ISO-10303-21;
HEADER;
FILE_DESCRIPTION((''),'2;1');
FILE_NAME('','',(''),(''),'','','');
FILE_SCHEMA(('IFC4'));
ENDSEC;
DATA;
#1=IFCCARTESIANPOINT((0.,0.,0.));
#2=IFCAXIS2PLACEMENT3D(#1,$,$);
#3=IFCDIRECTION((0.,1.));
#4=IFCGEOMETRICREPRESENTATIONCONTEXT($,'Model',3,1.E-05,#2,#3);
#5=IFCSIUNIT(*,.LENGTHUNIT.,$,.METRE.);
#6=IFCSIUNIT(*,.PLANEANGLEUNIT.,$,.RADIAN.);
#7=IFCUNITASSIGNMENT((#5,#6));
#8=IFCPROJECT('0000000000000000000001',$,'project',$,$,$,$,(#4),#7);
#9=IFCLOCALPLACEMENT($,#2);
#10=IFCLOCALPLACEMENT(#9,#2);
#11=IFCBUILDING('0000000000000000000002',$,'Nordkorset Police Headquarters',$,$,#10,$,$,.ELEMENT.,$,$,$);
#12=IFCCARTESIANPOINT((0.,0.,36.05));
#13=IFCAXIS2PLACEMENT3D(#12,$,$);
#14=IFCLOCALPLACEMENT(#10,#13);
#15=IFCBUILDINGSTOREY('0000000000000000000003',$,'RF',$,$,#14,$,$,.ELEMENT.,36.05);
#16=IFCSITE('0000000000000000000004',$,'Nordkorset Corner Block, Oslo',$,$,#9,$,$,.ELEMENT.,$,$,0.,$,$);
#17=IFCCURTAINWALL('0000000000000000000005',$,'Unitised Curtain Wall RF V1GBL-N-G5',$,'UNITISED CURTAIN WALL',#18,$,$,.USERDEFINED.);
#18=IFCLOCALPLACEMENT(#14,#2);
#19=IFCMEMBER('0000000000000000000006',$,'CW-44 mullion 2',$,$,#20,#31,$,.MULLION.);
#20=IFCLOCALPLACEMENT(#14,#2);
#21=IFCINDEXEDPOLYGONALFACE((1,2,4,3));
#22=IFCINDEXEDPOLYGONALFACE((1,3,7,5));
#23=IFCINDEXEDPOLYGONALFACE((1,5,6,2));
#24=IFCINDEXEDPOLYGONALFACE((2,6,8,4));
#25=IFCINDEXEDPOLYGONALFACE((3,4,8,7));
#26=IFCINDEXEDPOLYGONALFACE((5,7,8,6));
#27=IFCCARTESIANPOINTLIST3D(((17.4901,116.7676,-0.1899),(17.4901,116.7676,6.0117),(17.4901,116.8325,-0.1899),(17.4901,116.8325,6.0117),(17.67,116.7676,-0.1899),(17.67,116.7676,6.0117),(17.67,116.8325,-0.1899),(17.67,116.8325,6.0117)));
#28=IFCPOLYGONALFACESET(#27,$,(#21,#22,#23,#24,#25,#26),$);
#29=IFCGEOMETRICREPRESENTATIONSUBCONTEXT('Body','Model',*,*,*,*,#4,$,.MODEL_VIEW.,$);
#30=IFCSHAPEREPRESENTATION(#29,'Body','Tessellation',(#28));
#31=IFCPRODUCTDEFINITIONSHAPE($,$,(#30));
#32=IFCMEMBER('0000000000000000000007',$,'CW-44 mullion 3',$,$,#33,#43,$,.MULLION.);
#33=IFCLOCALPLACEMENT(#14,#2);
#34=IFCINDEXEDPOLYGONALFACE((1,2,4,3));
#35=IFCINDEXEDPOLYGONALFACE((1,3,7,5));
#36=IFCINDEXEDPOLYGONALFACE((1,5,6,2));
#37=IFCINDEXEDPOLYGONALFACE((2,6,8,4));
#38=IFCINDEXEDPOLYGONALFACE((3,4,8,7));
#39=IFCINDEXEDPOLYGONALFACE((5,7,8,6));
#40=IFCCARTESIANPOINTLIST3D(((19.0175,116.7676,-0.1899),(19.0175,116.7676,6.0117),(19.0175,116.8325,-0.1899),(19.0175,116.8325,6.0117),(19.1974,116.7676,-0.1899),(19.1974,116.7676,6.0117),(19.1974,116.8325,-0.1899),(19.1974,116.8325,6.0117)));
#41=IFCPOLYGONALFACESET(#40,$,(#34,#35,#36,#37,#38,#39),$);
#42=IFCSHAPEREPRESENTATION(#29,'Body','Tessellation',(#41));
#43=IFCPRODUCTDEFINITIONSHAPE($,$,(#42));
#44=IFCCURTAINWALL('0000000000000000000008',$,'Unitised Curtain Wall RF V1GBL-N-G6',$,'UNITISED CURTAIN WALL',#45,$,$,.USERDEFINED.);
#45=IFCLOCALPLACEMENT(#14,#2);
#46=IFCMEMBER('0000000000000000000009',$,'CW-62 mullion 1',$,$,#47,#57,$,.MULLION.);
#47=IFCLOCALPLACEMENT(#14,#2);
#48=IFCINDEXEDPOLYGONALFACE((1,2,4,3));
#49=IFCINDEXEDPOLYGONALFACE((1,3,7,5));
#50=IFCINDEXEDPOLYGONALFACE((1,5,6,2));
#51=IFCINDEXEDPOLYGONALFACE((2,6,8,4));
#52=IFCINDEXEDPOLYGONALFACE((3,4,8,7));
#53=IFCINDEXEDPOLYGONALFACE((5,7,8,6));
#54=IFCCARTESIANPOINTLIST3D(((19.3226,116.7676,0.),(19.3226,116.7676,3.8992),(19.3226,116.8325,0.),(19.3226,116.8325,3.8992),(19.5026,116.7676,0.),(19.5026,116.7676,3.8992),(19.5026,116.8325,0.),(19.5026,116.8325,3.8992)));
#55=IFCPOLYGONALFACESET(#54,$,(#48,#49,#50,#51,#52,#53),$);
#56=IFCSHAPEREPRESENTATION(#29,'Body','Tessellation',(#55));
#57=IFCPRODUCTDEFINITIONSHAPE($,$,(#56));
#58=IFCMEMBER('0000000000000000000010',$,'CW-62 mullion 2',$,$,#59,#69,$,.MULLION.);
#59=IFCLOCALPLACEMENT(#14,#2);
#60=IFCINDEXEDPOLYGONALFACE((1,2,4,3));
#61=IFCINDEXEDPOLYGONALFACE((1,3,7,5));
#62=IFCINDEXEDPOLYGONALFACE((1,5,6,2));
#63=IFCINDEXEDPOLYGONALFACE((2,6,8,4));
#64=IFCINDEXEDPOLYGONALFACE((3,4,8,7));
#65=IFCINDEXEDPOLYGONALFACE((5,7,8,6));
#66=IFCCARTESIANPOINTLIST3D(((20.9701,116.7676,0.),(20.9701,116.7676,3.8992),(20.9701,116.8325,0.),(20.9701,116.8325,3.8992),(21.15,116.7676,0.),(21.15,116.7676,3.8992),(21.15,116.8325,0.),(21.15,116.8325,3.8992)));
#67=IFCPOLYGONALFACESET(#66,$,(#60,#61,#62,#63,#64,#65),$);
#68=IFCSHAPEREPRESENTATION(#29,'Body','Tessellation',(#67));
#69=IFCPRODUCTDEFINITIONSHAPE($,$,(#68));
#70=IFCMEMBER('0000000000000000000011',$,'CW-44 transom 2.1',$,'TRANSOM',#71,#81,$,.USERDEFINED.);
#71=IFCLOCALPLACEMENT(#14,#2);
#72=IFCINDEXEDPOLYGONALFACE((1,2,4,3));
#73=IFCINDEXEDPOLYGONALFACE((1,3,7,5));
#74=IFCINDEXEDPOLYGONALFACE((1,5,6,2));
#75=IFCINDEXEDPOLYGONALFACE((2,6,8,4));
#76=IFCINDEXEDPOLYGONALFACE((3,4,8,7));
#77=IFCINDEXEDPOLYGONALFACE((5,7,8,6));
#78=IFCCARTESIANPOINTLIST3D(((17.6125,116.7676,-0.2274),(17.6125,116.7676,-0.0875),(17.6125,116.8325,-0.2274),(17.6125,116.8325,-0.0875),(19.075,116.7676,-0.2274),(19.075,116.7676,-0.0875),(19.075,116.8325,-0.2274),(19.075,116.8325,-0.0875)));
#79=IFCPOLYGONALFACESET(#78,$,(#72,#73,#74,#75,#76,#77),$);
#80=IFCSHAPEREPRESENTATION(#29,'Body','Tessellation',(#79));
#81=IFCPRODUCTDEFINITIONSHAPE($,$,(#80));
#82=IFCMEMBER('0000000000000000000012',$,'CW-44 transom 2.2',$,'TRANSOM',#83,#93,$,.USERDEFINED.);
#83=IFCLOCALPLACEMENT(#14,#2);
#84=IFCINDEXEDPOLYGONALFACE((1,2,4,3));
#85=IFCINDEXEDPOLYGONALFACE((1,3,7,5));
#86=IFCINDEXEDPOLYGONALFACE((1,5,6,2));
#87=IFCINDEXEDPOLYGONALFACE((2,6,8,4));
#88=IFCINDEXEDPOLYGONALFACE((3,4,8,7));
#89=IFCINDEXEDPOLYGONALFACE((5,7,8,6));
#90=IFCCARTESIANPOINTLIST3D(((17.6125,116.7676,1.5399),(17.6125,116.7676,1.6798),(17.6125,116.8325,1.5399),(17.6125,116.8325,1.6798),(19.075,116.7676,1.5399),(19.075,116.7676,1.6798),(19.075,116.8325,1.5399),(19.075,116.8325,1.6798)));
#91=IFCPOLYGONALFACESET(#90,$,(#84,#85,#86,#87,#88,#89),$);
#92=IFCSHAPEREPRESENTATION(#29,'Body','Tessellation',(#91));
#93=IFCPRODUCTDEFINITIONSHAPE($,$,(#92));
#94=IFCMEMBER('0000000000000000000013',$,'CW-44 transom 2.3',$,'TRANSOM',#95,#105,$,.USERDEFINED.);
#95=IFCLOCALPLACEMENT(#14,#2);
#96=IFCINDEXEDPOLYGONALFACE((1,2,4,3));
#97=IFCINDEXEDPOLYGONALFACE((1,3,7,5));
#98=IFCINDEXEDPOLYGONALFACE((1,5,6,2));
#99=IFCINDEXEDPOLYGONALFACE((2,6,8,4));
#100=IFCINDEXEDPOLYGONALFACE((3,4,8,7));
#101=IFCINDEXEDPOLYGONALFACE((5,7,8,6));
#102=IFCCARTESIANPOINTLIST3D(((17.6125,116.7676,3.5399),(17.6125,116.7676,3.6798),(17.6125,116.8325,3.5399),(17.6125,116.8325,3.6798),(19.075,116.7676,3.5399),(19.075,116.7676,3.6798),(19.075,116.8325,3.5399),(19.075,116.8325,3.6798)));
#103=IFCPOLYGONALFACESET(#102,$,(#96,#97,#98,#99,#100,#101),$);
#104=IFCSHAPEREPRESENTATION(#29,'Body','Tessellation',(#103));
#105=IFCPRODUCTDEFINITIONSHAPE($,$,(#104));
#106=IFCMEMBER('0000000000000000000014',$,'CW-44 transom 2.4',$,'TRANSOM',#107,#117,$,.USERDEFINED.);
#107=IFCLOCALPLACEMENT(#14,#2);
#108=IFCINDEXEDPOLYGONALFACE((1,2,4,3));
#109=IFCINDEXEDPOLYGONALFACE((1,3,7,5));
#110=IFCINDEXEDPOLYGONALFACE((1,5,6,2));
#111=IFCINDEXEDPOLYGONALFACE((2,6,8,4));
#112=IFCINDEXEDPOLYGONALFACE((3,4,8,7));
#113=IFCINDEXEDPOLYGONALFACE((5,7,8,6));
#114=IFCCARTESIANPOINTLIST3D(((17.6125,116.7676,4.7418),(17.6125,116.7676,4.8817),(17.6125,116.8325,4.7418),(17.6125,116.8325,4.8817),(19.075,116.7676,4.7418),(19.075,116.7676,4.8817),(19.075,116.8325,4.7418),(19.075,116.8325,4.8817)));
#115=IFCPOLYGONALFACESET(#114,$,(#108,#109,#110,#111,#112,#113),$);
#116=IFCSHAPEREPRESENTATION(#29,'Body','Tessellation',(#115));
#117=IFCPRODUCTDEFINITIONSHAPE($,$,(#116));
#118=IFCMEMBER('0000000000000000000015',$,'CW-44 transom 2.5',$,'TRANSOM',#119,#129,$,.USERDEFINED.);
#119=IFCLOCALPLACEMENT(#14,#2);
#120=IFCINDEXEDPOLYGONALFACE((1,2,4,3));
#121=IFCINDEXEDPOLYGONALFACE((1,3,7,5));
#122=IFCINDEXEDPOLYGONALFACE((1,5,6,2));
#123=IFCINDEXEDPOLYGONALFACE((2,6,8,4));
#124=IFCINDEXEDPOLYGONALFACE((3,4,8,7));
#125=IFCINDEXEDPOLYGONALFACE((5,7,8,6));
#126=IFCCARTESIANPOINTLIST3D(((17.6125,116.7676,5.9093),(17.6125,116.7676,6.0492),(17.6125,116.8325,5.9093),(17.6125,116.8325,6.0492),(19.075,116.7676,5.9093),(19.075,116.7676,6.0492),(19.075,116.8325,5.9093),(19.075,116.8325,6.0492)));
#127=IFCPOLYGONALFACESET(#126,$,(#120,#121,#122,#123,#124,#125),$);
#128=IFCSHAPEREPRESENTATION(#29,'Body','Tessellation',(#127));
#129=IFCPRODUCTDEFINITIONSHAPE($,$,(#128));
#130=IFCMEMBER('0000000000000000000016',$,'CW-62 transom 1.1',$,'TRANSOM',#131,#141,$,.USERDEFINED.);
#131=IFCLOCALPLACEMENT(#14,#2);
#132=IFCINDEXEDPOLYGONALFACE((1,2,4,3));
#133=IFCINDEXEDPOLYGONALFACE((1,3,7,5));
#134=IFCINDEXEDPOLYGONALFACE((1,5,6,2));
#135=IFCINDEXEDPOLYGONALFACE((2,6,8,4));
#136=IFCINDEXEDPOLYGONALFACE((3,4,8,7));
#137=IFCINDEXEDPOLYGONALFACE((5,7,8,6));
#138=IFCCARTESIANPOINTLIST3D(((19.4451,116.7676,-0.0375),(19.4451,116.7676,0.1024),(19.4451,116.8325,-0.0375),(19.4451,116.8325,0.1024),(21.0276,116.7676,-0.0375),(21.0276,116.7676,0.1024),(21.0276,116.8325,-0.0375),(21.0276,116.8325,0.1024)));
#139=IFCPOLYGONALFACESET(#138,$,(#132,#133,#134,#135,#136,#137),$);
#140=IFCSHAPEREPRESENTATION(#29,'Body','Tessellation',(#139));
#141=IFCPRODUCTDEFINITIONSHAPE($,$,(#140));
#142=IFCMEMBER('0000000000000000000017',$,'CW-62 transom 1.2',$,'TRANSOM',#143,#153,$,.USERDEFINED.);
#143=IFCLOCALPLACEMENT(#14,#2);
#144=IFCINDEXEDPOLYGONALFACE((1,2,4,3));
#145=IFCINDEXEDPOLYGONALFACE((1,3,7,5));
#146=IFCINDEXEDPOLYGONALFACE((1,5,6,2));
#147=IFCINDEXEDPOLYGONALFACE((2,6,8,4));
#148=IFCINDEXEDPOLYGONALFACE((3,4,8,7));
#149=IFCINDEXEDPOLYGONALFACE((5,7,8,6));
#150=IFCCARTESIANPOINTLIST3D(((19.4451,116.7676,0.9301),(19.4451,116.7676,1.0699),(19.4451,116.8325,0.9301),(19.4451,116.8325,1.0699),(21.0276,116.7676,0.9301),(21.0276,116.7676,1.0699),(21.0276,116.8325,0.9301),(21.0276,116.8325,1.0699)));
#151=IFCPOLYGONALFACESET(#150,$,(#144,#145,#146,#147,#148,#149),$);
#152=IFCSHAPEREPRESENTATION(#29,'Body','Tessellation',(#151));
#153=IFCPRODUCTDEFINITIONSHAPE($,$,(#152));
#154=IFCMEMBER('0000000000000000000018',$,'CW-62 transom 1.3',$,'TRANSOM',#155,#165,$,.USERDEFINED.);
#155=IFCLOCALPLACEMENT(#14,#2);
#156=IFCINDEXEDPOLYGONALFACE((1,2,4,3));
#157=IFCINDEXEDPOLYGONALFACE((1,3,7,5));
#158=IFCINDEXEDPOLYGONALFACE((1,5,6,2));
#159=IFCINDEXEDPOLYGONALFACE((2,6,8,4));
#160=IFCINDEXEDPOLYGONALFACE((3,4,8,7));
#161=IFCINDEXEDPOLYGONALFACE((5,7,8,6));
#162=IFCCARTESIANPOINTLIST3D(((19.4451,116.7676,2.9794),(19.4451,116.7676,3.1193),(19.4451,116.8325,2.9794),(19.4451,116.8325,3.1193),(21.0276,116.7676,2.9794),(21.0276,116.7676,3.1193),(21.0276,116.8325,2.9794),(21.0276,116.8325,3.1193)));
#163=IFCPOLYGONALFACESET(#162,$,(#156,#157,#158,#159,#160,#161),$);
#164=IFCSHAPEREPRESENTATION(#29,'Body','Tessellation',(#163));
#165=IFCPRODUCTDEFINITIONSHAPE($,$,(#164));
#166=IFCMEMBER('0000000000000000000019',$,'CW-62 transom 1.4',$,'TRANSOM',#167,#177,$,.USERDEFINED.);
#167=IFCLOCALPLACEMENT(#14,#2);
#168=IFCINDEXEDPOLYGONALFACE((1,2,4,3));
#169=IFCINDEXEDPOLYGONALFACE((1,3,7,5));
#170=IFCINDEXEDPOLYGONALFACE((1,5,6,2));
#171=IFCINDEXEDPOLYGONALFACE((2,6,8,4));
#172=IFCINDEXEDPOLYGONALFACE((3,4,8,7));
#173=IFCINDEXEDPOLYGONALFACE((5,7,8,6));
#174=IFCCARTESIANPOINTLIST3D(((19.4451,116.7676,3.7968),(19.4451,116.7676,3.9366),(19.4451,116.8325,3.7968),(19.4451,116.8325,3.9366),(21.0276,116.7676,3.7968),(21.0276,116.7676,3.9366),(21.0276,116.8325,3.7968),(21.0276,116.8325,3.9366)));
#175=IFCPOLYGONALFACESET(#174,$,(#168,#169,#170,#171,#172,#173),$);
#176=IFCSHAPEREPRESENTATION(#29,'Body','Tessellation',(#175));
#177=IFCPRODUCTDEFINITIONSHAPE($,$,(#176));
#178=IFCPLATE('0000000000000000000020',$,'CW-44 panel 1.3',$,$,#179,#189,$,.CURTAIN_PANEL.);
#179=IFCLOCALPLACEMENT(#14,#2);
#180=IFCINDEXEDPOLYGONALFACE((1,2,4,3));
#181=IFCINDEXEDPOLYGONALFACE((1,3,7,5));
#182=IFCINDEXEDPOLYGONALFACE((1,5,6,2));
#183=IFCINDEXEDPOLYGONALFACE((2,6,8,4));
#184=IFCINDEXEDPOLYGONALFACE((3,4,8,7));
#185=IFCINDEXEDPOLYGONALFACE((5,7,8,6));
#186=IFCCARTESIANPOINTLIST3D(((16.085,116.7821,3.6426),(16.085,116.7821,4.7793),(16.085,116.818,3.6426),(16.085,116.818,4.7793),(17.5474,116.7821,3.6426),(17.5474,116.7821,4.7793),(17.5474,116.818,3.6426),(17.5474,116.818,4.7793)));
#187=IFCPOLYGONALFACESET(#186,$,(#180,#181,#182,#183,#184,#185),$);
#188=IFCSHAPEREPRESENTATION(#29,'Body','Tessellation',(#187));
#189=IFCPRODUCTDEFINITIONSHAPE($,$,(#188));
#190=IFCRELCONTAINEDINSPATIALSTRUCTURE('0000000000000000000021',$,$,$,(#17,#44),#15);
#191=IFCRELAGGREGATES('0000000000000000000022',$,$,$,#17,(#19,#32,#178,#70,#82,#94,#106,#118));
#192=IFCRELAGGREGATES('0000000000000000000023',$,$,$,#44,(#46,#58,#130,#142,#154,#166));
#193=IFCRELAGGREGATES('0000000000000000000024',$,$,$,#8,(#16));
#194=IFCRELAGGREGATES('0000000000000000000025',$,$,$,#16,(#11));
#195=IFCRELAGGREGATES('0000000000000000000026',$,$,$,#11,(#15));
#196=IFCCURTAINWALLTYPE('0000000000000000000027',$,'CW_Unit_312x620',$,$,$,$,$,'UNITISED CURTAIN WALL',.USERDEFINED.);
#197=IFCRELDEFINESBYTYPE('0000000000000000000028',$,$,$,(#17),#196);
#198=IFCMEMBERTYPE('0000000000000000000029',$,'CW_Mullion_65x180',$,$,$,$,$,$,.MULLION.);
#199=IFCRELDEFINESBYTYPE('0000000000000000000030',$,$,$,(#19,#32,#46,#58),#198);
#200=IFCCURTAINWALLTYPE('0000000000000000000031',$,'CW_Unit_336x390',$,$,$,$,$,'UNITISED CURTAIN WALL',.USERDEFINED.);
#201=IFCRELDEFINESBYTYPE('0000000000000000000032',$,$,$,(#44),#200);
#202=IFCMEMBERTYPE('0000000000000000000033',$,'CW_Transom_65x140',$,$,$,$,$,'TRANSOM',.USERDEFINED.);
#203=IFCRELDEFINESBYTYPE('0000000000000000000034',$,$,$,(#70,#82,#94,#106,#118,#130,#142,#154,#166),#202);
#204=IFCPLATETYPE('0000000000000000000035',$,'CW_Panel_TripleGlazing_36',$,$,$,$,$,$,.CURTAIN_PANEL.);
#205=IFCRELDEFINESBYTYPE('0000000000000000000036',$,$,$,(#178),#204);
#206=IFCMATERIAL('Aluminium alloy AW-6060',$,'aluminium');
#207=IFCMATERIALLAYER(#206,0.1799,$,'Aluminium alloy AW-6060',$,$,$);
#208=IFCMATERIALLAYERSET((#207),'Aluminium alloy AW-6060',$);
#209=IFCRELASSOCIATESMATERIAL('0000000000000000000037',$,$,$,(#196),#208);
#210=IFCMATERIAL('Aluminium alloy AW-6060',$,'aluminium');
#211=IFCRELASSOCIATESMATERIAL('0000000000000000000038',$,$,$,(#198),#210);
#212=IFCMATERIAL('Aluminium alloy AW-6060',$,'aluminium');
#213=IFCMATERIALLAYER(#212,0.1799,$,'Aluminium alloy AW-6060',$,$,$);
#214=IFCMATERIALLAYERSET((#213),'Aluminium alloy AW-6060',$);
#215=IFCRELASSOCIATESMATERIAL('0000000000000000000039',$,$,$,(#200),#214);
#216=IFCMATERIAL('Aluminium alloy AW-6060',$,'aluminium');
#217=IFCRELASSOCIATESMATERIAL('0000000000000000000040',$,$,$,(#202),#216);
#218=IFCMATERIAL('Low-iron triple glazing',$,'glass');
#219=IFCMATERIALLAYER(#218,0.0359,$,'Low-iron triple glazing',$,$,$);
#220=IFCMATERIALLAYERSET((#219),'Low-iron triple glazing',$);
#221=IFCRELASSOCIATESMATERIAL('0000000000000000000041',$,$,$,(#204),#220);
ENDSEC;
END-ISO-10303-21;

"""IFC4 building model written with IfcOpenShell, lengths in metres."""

from ifc_helpers import new_model, si_unit, direction, frame, origin, origin_2d, place, context, subcontext, project, spatial, rectangle, extrude, material, layer, layer_set, material_profile, profile_set, type_object, element, aggregate, save


model = new_model("IFC4")

# Units and contexts
model_context = context("Model", 3, precision=1e-05, world=origin(), true_north=direction((0.0, 1.0)))
body_context = subcontext(model_context, "Body", "Model", "MODEL_VIEW")
ifc_project = project(units=[si_unit("LENGTHUNIT", "METRE"), si_unit("PLANEANGLEUNIT", "RADIAN")], contexts=[model_context])

# Site, building, storey
site_placement = place(None, origin())
site = spatial("IfcSite", under=ifc_project, at=site_placement, Name="Nordkorset Corner Block, Oslo", CompositionType="ELEMENT", RefElevation=0.0)
building_placement = place(site_placement, origin())
building = spatial("IfcBuilding", under=site, at=building_placement, Name="Nordkorset Police Headquarters", CompositionType="ELEMENT")
storey_placement = place(building_placement, frame((0.0, 0.0, 36.05)))
storey = spatial("IfcBuildingStorey", under=building, at=storey_placement, Name="RF", CompositionType="ELEMENT", Elevation=36.05)

# Curtain walls, members
ifc_material_1 = material(Name="Aluminium alloy AW-6060", Category="aluminium")
ifc_layer_1 = layer(ifc_material_1, 0.1799, Name="Aluminium alloy AW-6060")
ifc_layer_set_1 = layer_set([ifc_layer_1], Name="Aluminium alloy AW-6060")
curtain_wall_type_1 = type_object("IfcCurtainWallType", Name="CW_Unit_312x620", ElementType="UNITISED CURTAIN WALL", PredefinedType="USERDEFINED", material=ifc_layer_set_1)
curtain_wall_1_placement = place(storey_placement, origin())
curtain_wall_1 = element("IfcCurtainWall", 1, at=curtain_wall_1_placement, inside=storey, type_object=curtain_wall_type_1, Name="Unitised Curtain Wall RF V1GBL-N-G5", ObjectType="UNITISED CURTAIN WALL", PredefinedType="USERDEFINED")
ifc_material_2 = material(Name="Aluminium alloy AW-6060", Category="aluminium")
ifc_material_profile_1 = material_profile(ifc_material_2, rectangle(XDim=0.0649, YDim=0.1799, at=origin_2d()), Name="ALU MULL 65x180")
ifc_profile_set_1 = profile_set([ifc_material_profile_1], Name="Aluminium alloy AW-6060")
member_type_1 = type_object("IfcMemberType", Name="CW_Mullion_65x180", PredefinedType="MULLION", material=ifc_profile_set_1)
member_1_placement = place(storey_placement, frame((17.5801, 116.8, -0.1899), z_axis=(0.0, 0.0, 1.0), x_axis=(0.0, 1.0, 0.0)))
member_1 = element("IfcMember", 2, at=member_1_placement, type_object=member_type_1, Name="CW-44 mullion 2", PredefinedType="MULLION", context=body_context, shape_type="SweptSolid", body=[
    extrude(rectangle(XDim=0.0649, YDim=0.1799, at=origin_2d()), origin(), (0.0, 0.0, 1.0), 6.2017),
])
member_2_placement = place(storey_placement, frame((19.1074, 116.8, -0.1899), z_axis=(0.0, 0.0, 1.0), x_axis=(0.0, 1.0, 0.0)))
member_2 = element("IfcMember", 3, at=member_2_placement, type_object=member_type_1, Name="CW-44 mullion 3", PredefinedType="MULLION", context=body_context, shape_type="SweptSolid", body=[
    extrude(rectangle(XDim=0.0649, YDim=0.1799, at=origin_2d()), origin(), (0.0, 0.0, 1.0), 6.2017),
])
ifc_material_3 = material(Name="Aluminium alloy AW-6060", Category="aluminium")
ifc_layer_2 = layer(ifc_material_3, 0.1799, Name="Aluminium alloy AW-6060")
ifc_layer_set_2 = layer_set([ifc_layer_2], Name="Aluminium alloy AW-6060")
curtain_wall_type_2 = type_object("IfcCurtainWallType", Name="CW_Unit_336x390", ElementType="UNITISED CURTAIN WALL", PredefinedType="USERDEFINED", material=ifc_layer_set_2)
curtain_wall_2_placement = place(storey_placement, origin())
curtain_wall_2 = element("IfcCurtainWall", 4, at=curtain_wall_2_placement, inside=storey, type_object=curtain_wall_type_2, Name="Unitised Curtain Wall RF V1GBL-N-G6", ObjectType="UNITISED CURTAIN WALL", PredefinedType="USERDEFINED")
member_3_placement = place(storey_placement, frame((19.4126, 116.8, 0.0), z_axis=(0.0, 0.0, 1.0), x_axis=(0.0, 1.0, 0.0)))
member_3 = element("IfcMember", 5, at=member_3_placement, type_object=member_type_1, Name="CW-62 mullion 1", PredefinedType="MULLION", context=body_context, shape_type="SweptSolid", body=[
    extrude(rectangle(XDim=0.0649, YDim=0.1799, at=origin_2d()), origin(), (0.0, 0.0, 1.0), 3.8992),
])
member_4_placement = place(storey_placement, frame((21.0601, 116.8, 0.0), z_axis=(0.0, 0.0, 1.0), x_axis=(0.0, 1.0, 0.0)))
member_4 = element("IfcMember", 6, at=member_4_placement, type_object=member_type_1, Name="CW-62 mullion 2", PredefinedType="MULLION", context=body_context, shape_type="SweptSolid", body=[
    extrude(rectangle(XDim=0.0649, YDim=0.1799, at=origin_2d()), origin(), (0.0, 0.0, 1.0), 3.8992),
])

# Members
ifc_material_4 = material(Name="Aluminium alloy AW-6060", Category="aluminium")
ifc_material_profile_2 = material_profile(ifc_material_4, rectangle(XDim=0.0649, YDim=0.1399, at=origin_2d()), Name="ALU TRAN 65x140")
ifc_profile_set_2 = profile_set([ifc_material_profile_2], Name="Aluminium alloy AW-6060")
member_type_2 = type_object("IfcMemberType", Name="CW_Transom_65x140", ElementType="TRANSOM", PredefinedType="USERDEFINED", material=ifc_profile_set_2)
member_5_placement = place(storey_placement, frame((17.6125, 116.8, -0.1575), z_axis=(1.0, 0.0, 0.0), x_axis=(0.0, 1.0, 0.0)))
member_5 = element("IfcMember", 7, at=member_5_placement, type_object=member_type_2, Name="CW-44 transom 2.1", ObjectType="TRANSOM", PredefinedType="USERDEFINED", context=body_context, shape_type="SweptSolid", body=[
    extrude(rectangle(XDim=0.0649, YDim=0.1399, at=origin_2d()), origin(), (0.0, 0.0, 1.0), 1.4624),
])
member_6_placement = place(storey_placement, frame((17.6125, 116.8, 1.6099), z_axis=(1.0, 0.0, 0.0), x_axis=(0.0, 1.0, 0.0)))
member_6 = element("IfcMember", 8, at=member_6_placement, type_object=member_type_2, Name="CW-44 transom 2.2", ObjectType="TRANSOM", PredefinedType="USERDEFINED", context=body_context, shape_type="SweptSolid", body=[
    extrude(rectangle(XDim=0.0649, YDim=0.1399, at=origin_2d()), origin(), (0.0, 0.0, 1.0), 1.4624),
])
member_7_placement = place(storey_placement, frame((17.6125, 116.8, 3.6099), z_axis=(1.0, 0.0, 0.0), x_axis=(0.0, 1.0, 0.0)))
member_7 = element("IfcMember", 9, at=member_7_placement, type_object=member_type_2, Name="CW-44 transom 2.3", ObjectType="TRANSOM", PredefinedType="USERDEFINED", context=body_context, shape_type="SweptSolid", body=[
    extrude(rectangle(XDim=0.0649, YDim=0.1399, at=origin_2d()), origin(), (0.0, 0.0, 1.0), 1.4624),
])
member_8_placement = place(storey_placement, frame((17.6125, 116.8, 4.8118), z_axis=(1.0, 0.0, 0.0), x_axis=(0.0, 1.0, 0.0)))
member_8 = element("IfcMember", 10, at=member_8_placement, type_object=member_type_2, Name="CW-44 transom 2.4", ObjectType="TRANSOM", PredefinedType="USERDEFINED", context=body_context, shape_type="SweptSolid", body=[
    extrude(rectangle(XDim=0.0649, YDim=0.1399, at=origin_2d()), origin(), (0.0, 0.0, 1.0), 1.4624),
])
member_9_placement = place(storey_placement, frame((17.6125, 116.8, 5.9792), z_axis=(1.0, 0.0, 0.0), x_axis=(0.0, 1.0, 0.0)))
member_9 = element("IfcMember", 11, at=member_9_placement, type_object=member_type_2, Name="CW-44 transom 2.5", ObjectType="TRANSOM", PredefinedType="USERDEFINED", context=body_context, shape_type="SweptSolid", body=[
    extrude(rectangle(XDim=0.0649, YDim=0.1399, at=origin_2d()), origin(), (0.0, 0.0, 1.0), 1.4624),
])
member_10_placement = place(storey_placement, frame((19.4451, 116.8, 0.0325), z_axis=(1.0, 0.0, 0.0), x_axis=(0.0, 1.0, 0.0)))
member_10 = element("IfcMember", 12, at=member_10_placement, type_object=member_type_2, Name="CW-62 transom 1.1", ObjectType="TRANSOM", PredefinedType="USERDEFINED", context=body_context, shape_type="SweptSolid", body=[
    extrude(rectangle(XDim=0.0649, YDim=0.1399, at=origin_2d()), origin(), (0.0, 0.0, 1.0), 1.5825),
])
member_11_placement = place(storey_placement, frame((19.4451, 116.8, 1.0), z_axis=(1.0, 0.0, 0.0), x_axis=(0.0, 1.0, 0.0)))
member_11 = element("IfcMember", 13, at=member_11_placement, type_object=member_type_2, Name="CW-62 transom 1.2", ObjectType="TRANSOM", PredefinedType="USERDEFINED", context=body_context, shape_type="SweptSolid", body=[
    extrude(rectangle(XDim=0.0649, YDim=0.1399, at=origin_2d()), origin(), (0.0, 0.0, 1.0), 1.5825),
])
member_12_placement = place(storey_placement, frame((19.4451, 116.8, 3.0493), z_axis=(1.0, 0.0, 0.0), x_axis=(0.0, 1.0, 0.0)))
member_12 = element("IfcMember", 14, at=member_12_placement, type_object=member_type_2, Name="CW-62 transom 1.3", ObjectType="TRANSOM", PredefinedType="USERDEFINED", context=body_context, shape_type="SweptSolid", body=[
    extrude(rectangle(XDim=0.0649, YDim=0.1399, at=origin_2d()), origin(), (0.0, 0.0, 1.0), 1.5825),
])
member_13_placement = place(storey_placement, frame((19.4451, 116.8, 3.8667), z_axis=(1.0, 0.0, 0.0), x_axis=(0.0, 1.0, 0.0)))
member_13 = element("IfcMember", 15, at=member_13_placement, type_object=member_type_2, Name="CW-62 transom 1.4", ObjectType="TRANSOM", PredefinedType="USERDEFINED", context=body_context, shape_type="SweptSolid", body=[
    extrude(rectangle(XDim=0.0649, YDim=0.1399, at=origin_2d()), origin(), (0.0, 0.0, 1.0), 1.5825),
])

# Plate
ifc_material_5 = material(Name="Low-iron triple glazing", Category="glass")
ifc_layer_3 = layer(ifc_material_5, 0.0359, Name="Low-iron triple glazing")
ifc_layer_set_3 = layer_set([ifc_layer_3], Name="Low-iron triple glazing")
plate_type = type_object("IfcPlateType", Name="CW_Panel_TripleGlazing_36", PredefinedType="CURTAIN_PANEL", material=ifc_layer_set_3)
plate_1_placement = place(storey_placement, frame((16.8162, 116.8, 3.6426), z_axis=(0.0, 0.0, 1.0), x_axis=(1.0, 0.0, 0.0)))
plate_1 = element("IfcPlate", 16, at=plate_1_placement, type_object=plate_type, Name="CW-44 panel 1.3", PredefinedType="CURTAIN_PANEL", context=body_context, shape_type="SweptSolid", body=[
    extrude(rectangle(XDim=1.4624, YDim=0.0359, at=origin_2d()), origin(), (0.0, 0.0, 1.0), 1.1367),
])
aggregate(curtain_wall_1, [member_1, member_2, plate_1, member_5, member_6, member_7, member_8, member_9])
aggregate(curtain_wall_2, [member_3, member_4, member_10, member_11, member_12, member_13])

save(model, "model.ifc")
